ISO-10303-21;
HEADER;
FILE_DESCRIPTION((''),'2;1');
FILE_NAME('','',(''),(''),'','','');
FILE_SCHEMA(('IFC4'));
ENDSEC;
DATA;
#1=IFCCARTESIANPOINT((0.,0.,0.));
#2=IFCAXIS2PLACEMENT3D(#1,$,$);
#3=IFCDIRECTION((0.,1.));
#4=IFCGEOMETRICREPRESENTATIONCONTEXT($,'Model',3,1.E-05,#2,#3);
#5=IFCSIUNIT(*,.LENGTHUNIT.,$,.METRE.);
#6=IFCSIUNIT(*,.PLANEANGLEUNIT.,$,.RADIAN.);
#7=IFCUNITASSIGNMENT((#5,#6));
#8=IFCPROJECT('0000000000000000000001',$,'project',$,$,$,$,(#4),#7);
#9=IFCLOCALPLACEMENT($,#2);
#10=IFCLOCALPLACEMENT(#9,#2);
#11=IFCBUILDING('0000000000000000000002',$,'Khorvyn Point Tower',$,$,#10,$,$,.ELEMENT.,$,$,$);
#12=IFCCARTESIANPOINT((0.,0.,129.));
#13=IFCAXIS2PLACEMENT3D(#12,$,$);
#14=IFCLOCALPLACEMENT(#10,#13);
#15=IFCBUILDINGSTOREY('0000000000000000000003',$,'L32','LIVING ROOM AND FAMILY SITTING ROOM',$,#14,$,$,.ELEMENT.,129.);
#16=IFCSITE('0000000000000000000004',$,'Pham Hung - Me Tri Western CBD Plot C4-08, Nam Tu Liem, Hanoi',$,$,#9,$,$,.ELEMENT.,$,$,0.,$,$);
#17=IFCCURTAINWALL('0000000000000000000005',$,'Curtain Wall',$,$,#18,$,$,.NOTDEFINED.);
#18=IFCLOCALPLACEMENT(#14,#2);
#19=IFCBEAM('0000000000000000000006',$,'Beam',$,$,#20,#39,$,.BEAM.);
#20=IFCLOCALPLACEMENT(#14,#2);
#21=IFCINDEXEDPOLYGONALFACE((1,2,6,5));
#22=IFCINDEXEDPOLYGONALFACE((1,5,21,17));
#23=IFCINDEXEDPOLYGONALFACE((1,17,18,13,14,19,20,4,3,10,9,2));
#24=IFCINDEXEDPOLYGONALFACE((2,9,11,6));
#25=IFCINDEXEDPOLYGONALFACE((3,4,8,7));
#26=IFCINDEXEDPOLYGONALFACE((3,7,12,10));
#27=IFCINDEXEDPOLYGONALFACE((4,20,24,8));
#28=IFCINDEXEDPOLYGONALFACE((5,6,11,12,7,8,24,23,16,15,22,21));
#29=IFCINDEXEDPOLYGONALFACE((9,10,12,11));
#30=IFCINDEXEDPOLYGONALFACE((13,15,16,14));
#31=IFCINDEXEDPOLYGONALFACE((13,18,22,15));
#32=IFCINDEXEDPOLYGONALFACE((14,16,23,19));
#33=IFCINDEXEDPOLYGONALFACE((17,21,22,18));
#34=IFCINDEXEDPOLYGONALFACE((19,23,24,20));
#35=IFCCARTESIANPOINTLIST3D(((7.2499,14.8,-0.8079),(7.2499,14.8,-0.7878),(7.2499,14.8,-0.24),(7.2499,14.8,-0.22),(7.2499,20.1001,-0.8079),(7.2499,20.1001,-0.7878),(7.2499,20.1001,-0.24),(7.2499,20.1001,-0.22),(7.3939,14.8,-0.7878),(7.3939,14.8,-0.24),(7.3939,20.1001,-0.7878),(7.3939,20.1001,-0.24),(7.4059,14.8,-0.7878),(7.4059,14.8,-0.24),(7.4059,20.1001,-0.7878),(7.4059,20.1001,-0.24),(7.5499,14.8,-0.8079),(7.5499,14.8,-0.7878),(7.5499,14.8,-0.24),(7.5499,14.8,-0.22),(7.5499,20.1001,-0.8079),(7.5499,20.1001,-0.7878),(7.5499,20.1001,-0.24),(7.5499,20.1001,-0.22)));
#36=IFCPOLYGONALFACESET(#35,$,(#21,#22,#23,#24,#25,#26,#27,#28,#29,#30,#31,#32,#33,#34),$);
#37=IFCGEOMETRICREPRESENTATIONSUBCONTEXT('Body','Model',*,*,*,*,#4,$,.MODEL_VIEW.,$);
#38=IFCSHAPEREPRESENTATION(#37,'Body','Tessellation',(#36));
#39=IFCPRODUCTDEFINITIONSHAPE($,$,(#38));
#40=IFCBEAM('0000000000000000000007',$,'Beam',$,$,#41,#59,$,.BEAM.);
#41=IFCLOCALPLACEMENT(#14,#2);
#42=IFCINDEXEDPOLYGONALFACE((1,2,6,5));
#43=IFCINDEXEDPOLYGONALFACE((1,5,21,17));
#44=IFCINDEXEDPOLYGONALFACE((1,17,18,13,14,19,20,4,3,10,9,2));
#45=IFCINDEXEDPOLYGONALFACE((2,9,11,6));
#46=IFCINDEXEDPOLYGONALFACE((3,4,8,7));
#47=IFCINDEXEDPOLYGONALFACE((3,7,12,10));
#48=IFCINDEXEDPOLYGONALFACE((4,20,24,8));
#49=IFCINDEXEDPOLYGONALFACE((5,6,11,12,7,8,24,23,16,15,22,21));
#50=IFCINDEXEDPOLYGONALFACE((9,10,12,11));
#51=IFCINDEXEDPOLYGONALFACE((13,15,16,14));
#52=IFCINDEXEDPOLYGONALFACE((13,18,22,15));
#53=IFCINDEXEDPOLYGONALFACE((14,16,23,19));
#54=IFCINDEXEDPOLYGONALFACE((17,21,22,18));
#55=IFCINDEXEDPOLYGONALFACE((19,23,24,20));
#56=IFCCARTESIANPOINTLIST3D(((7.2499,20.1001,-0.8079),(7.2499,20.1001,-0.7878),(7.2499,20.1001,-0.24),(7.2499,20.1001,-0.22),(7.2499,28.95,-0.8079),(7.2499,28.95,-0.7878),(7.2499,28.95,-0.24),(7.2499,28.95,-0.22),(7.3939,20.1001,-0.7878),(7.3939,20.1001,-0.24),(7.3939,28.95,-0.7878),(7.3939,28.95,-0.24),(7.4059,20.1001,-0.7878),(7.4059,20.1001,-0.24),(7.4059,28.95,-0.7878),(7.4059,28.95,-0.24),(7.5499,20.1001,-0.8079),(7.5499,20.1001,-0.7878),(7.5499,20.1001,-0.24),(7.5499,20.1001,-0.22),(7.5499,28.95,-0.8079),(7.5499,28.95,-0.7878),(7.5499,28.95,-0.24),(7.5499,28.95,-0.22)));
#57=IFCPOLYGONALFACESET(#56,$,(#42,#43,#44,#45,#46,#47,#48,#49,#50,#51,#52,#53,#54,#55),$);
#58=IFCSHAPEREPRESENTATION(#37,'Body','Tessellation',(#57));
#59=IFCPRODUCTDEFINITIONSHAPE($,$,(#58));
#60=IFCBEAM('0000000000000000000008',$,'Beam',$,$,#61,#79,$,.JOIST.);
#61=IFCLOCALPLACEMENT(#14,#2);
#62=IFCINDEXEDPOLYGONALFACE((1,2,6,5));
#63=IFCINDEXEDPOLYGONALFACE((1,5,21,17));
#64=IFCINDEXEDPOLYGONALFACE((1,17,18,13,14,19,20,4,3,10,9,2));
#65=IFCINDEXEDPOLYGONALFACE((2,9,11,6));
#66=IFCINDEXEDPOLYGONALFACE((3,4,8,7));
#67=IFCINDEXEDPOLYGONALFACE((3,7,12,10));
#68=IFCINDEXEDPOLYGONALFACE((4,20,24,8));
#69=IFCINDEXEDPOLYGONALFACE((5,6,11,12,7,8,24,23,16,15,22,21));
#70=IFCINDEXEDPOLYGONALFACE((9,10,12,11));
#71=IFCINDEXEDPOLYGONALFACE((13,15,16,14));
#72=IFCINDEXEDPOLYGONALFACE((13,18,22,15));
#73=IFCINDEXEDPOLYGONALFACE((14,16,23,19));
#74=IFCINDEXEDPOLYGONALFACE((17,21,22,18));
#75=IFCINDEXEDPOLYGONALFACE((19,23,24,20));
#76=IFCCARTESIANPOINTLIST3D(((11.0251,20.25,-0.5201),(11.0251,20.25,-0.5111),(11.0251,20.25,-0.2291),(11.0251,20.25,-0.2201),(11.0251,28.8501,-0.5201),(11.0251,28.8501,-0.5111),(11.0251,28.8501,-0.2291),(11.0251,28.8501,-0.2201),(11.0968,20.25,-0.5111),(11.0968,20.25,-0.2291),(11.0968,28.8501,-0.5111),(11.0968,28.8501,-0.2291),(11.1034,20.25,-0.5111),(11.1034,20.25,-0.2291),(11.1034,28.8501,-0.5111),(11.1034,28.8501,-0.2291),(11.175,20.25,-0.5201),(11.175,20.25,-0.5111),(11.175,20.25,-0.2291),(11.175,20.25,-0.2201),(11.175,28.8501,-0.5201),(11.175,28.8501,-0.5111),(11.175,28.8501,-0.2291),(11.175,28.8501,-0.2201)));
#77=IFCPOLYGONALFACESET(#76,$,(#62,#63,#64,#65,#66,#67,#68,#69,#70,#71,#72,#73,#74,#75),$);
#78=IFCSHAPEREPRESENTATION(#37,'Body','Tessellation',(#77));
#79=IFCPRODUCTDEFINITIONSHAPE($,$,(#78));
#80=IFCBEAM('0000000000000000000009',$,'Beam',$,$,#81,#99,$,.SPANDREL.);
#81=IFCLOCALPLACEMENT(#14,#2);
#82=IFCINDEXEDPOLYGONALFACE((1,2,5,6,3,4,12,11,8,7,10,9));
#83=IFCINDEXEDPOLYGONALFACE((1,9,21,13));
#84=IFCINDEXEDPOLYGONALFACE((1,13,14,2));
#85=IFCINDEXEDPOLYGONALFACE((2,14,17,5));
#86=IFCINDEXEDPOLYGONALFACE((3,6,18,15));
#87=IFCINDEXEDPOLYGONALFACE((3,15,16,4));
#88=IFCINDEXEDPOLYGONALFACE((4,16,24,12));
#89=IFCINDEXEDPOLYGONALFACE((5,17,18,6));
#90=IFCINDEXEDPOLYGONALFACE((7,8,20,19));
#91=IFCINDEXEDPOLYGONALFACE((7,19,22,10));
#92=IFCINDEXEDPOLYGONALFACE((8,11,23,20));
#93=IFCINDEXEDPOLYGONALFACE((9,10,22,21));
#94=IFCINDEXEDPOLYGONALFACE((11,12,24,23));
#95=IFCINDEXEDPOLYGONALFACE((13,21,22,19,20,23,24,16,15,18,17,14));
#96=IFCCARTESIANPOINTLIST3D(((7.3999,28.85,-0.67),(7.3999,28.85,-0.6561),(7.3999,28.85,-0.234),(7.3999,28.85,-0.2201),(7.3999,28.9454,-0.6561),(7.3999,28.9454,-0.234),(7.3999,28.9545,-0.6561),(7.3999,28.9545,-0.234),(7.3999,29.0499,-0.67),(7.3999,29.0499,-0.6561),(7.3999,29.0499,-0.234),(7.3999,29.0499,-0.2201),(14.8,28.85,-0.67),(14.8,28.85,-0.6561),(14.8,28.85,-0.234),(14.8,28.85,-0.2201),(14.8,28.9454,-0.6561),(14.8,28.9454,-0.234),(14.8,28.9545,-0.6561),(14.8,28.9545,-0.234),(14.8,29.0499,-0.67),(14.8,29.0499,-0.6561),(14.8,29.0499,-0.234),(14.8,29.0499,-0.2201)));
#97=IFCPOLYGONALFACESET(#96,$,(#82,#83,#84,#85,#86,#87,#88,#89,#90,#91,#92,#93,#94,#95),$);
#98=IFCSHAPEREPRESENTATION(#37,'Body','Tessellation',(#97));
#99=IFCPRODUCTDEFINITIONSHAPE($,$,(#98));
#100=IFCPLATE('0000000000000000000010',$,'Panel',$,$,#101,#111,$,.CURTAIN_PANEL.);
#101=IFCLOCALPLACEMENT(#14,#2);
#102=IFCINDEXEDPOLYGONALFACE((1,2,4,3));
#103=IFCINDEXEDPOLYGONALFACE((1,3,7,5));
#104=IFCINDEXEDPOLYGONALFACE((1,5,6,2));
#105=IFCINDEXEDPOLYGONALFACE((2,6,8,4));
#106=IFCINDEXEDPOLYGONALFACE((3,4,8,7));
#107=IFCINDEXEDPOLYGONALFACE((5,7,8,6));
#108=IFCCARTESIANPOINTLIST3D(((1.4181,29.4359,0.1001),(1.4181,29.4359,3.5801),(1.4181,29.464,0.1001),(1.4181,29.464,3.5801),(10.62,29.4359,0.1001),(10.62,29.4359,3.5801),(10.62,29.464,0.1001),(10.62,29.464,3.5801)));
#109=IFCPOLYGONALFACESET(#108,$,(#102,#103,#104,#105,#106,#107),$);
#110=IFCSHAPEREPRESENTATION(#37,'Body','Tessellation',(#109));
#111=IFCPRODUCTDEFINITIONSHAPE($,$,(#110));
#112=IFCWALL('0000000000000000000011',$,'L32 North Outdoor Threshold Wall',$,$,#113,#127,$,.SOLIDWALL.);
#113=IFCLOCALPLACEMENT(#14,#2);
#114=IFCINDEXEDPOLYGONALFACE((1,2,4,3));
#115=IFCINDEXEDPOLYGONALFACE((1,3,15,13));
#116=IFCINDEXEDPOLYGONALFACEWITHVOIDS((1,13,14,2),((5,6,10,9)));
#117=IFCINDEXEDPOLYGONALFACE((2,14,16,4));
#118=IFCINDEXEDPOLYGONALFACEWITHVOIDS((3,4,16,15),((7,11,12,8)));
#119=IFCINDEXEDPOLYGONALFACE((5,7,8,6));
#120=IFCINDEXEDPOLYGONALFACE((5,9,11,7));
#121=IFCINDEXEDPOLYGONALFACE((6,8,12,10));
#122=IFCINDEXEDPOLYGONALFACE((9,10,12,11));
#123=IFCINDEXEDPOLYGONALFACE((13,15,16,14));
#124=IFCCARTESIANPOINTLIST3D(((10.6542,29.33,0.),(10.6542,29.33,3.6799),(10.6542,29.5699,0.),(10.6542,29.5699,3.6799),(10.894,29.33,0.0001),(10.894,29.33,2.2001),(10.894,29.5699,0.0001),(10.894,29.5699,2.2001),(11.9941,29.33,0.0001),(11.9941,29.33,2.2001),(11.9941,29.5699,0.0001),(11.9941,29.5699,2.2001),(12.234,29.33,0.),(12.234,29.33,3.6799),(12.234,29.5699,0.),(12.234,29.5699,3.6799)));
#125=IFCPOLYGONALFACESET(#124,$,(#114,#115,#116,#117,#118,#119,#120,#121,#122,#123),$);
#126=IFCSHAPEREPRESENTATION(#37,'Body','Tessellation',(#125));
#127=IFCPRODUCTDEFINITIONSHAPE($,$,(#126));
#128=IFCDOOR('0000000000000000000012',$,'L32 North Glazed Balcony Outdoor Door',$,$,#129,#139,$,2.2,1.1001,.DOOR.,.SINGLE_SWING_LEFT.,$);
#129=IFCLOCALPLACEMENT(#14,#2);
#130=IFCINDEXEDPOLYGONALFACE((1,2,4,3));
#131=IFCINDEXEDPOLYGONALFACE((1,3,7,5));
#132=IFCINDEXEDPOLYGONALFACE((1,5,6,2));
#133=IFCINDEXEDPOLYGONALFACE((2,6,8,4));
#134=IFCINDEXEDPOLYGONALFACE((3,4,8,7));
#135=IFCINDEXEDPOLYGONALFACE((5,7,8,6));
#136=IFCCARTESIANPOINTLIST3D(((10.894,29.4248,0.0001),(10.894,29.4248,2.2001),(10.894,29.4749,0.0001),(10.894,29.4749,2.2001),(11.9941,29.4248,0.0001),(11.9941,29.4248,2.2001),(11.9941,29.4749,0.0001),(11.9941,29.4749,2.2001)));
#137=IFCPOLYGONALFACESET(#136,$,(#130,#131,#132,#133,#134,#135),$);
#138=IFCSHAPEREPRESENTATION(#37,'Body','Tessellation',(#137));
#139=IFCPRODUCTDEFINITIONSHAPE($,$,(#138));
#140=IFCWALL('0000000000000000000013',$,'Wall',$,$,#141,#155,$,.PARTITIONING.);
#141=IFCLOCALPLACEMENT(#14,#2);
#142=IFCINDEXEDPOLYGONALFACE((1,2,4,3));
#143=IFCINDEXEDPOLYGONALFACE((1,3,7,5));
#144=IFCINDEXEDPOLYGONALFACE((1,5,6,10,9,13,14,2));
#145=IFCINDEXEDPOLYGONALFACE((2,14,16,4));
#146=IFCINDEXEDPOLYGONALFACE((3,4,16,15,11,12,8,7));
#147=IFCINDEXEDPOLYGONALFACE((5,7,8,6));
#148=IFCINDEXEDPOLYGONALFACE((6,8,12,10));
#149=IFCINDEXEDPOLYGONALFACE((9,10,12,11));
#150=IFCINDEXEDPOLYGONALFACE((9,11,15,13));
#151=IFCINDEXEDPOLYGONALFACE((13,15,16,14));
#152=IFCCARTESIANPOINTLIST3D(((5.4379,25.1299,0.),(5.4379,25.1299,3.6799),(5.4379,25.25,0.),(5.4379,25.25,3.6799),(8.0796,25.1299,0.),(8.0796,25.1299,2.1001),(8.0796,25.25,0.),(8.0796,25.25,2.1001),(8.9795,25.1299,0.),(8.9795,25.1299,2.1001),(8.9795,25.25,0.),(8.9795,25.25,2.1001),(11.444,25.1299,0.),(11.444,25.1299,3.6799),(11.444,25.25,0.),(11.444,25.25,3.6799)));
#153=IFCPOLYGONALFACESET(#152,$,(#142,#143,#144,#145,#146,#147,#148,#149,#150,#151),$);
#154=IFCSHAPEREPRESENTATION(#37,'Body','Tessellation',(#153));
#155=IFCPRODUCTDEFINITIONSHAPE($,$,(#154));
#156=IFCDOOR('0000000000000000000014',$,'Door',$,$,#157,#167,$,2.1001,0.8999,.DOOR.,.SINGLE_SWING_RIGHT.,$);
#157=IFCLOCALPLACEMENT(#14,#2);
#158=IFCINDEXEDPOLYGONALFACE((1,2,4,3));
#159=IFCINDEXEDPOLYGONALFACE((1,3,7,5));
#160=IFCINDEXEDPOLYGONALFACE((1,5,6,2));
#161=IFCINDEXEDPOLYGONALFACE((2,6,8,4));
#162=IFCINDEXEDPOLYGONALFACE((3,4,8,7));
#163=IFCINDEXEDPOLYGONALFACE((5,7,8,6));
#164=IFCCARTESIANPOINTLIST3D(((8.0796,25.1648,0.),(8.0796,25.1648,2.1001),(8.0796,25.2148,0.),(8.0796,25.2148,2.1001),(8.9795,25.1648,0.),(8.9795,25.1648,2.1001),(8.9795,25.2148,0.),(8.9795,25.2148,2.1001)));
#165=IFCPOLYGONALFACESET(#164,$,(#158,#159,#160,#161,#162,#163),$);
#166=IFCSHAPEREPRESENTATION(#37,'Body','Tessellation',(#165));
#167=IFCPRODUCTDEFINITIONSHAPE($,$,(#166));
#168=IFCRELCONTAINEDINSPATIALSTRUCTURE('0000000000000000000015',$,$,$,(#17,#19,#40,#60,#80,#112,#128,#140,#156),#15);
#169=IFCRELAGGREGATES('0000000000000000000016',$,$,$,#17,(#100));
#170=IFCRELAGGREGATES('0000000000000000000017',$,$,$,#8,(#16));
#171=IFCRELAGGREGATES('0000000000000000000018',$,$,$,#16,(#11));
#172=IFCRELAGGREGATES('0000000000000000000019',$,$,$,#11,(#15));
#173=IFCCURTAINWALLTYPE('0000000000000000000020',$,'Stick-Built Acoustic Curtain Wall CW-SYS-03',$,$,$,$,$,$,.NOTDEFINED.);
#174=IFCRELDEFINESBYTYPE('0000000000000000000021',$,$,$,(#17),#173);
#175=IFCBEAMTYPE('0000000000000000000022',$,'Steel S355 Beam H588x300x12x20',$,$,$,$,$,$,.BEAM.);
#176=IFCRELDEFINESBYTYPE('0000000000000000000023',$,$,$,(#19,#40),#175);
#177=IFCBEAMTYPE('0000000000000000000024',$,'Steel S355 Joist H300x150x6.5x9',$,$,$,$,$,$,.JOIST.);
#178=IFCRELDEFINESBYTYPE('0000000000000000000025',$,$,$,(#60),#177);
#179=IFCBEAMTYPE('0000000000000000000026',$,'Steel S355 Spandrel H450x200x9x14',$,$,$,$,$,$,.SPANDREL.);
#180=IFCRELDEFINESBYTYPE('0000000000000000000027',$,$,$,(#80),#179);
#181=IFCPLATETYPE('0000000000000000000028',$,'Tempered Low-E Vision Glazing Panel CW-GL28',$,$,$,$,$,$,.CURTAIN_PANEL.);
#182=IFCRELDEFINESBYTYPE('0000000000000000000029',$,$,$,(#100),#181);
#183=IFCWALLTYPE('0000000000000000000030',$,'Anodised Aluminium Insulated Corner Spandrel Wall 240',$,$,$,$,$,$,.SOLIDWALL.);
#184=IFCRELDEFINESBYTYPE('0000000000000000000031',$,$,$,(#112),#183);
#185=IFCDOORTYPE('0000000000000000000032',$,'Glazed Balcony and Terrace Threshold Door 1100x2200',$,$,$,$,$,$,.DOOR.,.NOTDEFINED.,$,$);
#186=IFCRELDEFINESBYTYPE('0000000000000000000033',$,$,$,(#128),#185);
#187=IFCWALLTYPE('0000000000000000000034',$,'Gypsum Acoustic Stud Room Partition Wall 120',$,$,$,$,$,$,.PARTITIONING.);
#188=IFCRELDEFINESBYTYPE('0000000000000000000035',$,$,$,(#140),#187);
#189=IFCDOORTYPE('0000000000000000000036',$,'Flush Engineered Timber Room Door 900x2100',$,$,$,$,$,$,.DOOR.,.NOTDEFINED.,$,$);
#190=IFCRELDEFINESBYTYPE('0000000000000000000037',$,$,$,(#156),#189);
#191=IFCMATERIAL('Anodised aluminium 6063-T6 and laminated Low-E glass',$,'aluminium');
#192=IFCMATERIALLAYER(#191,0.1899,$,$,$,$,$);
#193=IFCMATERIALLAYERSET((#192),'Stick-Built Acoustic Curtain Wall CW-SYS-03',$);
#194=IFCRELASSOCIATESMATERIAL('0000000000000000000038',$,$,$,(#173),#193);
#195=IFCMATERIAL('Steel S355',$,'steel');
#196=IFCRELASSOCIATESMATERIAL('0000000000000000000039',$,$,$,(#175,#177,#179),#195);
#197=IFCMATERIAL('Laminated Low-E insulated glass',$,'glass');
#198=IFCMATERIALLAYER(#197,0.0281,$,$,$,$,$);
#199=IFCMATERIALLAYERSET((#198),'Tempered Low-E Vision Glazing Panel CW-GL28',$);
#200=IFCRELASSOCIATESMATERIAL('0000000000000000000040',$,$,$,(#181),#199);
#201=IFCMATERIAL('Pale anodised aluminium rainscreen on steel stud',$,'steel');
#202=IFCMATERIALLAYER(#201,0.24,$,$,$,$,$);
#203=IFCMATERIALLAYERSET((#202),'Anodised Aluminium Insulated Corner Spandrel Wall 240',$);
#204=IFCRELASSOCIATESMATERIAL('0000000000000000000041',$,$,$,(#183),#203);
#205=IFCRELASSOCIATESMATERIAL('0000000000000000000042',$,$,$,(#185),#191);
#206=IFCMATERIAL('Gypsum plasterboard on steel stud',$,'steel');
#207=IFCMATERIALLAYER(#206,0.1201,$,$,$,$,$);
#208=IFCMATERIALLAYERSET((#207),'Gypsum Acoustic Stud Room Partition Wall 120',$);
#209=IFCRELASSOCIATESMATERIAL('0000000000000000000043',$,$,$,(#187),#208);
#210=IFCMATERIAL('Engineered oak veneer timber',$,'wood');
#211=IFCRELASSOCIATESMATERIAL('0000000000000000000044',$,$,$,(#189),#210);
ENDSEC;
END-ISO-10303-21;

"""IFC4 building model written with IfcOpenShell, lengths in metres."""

from ifc_helpers import new_model, si_unit, direction, frame, frame_2d, origin, origin_2d, place, context, subcontext, project, spatial, rectangle, i_section, extrude, material, layer, layer_set, material_profile, profile_set, type_object, element, fill, aggregate, save


model = new_model("IFC4")

# Units and contexts
model_context = context("Model", 3, precision=1e-05, world=origin(), true_north=direction((0.0, 1.0)))
body_context = subcontext(model_context, "Body", "Model", "MODEL_VIEW")
ifc_project = project(units=[si_unit("LENGTHUNIT", "METRE"), si_unit("PLANEANGLEUNIT", "RADIAN")], contexts=[model_context])

# Site, building, storey
site_placement = place(None, origin())
site = spatial("IfcSite", under=ifc_project, at=site_placement, Name="Pham Hung - Me Tri Western CBD Plot C4-08, Nam Tu Liem, Hanoi", CompositionType="ELEMENT", RefElevation=0.0)
building_placement = place(site_placement, origin())
building = spatial("IfcBuilding", under=site, at=building_placement, Name="Khorvyn Point Tower", CompositionType="ELEMENT")
storey_placement = place(building_placement, frame((0.0, 0.0, 129.0)))
storey = spatial("IfcBuildingStorey", under=building, at=storey_placement, Name="L32", Description="LIVING ROOM AND FAMILY SITTING ROOM", CompositionType="ELEMENT", Elevation=129.0)

# Curtain wall
ifc_material_1 = material(Name="Anodised aluminium 6063-T6 and laminated Low-E glass", Category="aluminium")
ifc_layer_1 = layer(ifc_material_1, 0.1899)
ifc_layer_set_1 = layer_set([ifc_layer_1], Name="Stick-Built Acoustic Curtain Wall CW-SYS-03")
curtain_wall_type = type_object("IfcCurtainWallType", Name="Stick-Built Acoustic Curtain Wall CW-SYS-03", PredefinedType="NOTDEFINED", material=ifc_layer_set_1)
curtain_wall_1_placement = place(storey_placement, origin())
curtain_wall_1 = element("IfcCurtainWall", 1, at=curtain_wall_1_placement, inside=storey, type_object=curtain_wall_type, Name="Curtain Wall", PredefinedType="NOTDEFINED")

# Beams
ifc_material_2 = material(Name="Steel S355", Category="steel")
ifc_material_profile_1 = material_profile(ifc_material_2, i_section(OverallWidth=0.3, OverallDepth=0.5879, WebThickness=0.012, FlangeThickness=0.02, at=origin_2d()))
ifc_profile_set_1 = profile_set([ifc_material_profile_1], Name="Steel S355 H588x300x12x20")
beam_type_1 = type_object("IfcBeamType", Name="Steel S355 Beam H588x300x12x20", PredefinedType="BEAM", material=ifc_profile_set_1)
beam_1_placement = place(storey_placement, frame((7.3999, 14.8, -0.5139), z_axis=(0.0, 1.0, 0.0), x_axis=(-1.0, 0.0, 0.0)))
element("IfcBeam", 2, at=beam_1_placement, inside=storey, type_object=beam_type_1, Name="Beam", PredefinedType="BEAM", context=body_context, shape_type="SweptSolid", body=[
    extrude(i_section(OverallWidth=0.3, OverallDepth=0.5879, WebThickness=0.012, FlangeThickness=0.02, at=origin_2d()), origin(), (0.0, 0.0, 1.0), 5.3),
])
beam_2_placement = place(storey_placement, frame((7.3999, 20.1001, -0.5139), z_axis=(0.0, 1.0, 0.0), x_axis=(-1.0, 0.0, 0.0)))
element("IfcBeam", 3, at=beam_2_placement, inside=storey, type_object=beam_type_1, Name="Beam", PredefinedType="BEAM", context=body_context, shape_type="SweptSolid", body=[
    extrude(i_section(OverallWidth=0.3, OverallDepth=0.5879, WebThickness=0.012, FlangeThickness=0.02, at=origin_2d()), origin(), (0.0, 0.0, 1.0), 8.8499),
])
ifc_material_profile_2 = material_profile(ifc_material_2, i_section(OverallWidth=0.1499, OverallDepth=0.3, WebThickness=0.0066, FlangeThickness=0.009, at=origin_2d()))
ifc_profile_set_2 = profile_set([ifc_material_profile_2], Name="Steel S355 H300x150x6.5x9")
beam_type_2 = type_object("IfcBeamType", Name="Steel S355 Joist H300x150x6.5x9", PredefinedType="JOIST", material=ifc_profile_set_2)
beam_3_placement = place(storey_placement, frame((11.1001, 20.25, -0.3701), z_axis=(0.0, 1.0, 0.0), x_axis=(-1.0, 0.0, 0.0)))
element("IfcBeam", 4, at=beam_3_placement, inside=storey, type_object=beam_type_2, Name="Beam", PredefinedType="JOIST", context=body_context, shape_type="SweptSolid", body=[
    extrude(i_section(OverallWidth=0.1499, OverallDepth=0.3, WebThickness=0.0066, FlangeThickness=0.009, at=origin_2d()), origin(), (0.0, 0.0, 1.0), 8.6001),
])
ifc_material_profile_3 = material_profile(ifc_material_2, i_section(OverallWidth=0.2, OverallDepth=0.45, WebThickness=0.009, FlangeThickness=0.0139, at=origin_2d()))
ifc_profile_set_3 = profile_set([ifc_material_profile_3], Name="Steel S355 H450x200x9x14")
beam_type_3 = type_object("IfcBeamType", Name="Steel S355 Spandrel H450x200x9x14", PredefinedType="SPANDREL", material=ifc_profile_set_3)
beam_4_placement = place(storey_placement, frame((7.3999, 28.95, -0.4451), z_axis=(1.0, 0.0, 0.0), x_axis=(0.0, 1.0, 0.0)))
element("IfcBeam", 5, at=beam_4_placement, inside=storey, type_object=beam_type_3, Name="Beam", PredefinedType="SPANDREL", context=body_context, shape_type="SweptSolid", body=[
    extrude(i_section(OverallWidth=0.2, OverallDepth=0.45, WebThickness=0.009, FlangeThickness=0.0139, at=origin_2d()), origin(), (0.0, 0.0, 1.0), 7.4001),
])

# Plate
ifc_material_3 = material(Name="Laminated Low-E insulated glass", Category="glass")
ifc_layer_2 = layer(ifc_material_3, 0.0281)
ifc_layer_set_2 = layer_set([ifc_layer_2], Name="Tempered Low-E Vision Glazing Panel CW-GL28")
plate_type = type_object("IfcPlateType", Name="Tempered Low-E Vision Glazing Panel CW-GL28", PredefinedType="CURTAIN_PANEL", material=ifc_layer_set_2)
plate_placement = place(storey_placement, frame((6.019, 29.45, 0.1001), z_axis=(0.0, 0.0, 1.0), x_axis=(1.0, 0.0, 0.0)))
plate = element("IfcPlate", 6, at=plate_placement, type_object=plate_type, Name="Panel", PredefinedType="CURTAIN_PANEL", context=body_context, shape_type="SweptSolid", body=[
    extrude(rectangle(XDim=9.2019, YDim=0.0281, at=origin_2d()), origin(), (0.0, 0.0, 1.0), 3.48),
])
aggregate(curtain_wall_1, [plate])

# Walls, openings, doors
ifc_material_4 = material(Name="Pale anodised aluminium rainscreen on steel stud", Category="steel")
ifc_layer_3 = layer(ifc_material_4, 0.24)
ifc_layer_set_3 = layer_set([ifc_layer_3], Name="Anodised Aluminium Insulated Corner Spandrel Wall 240")
wall_type_1 = type_object("IfcWallType", Name="Anodised Aluminium Insulated Corner Spandrel Wall 240", PredefinedType="SOLIDWALL", material=ifc_layer_set_3)
wall_1_placement = place(storey_placement, frame((10.6541, 29.45, 0.0), z_axis=(0.0, 0.0, 1.0), x_axis=(1.0, 0.0, 0.0)))
wall_1 = element("IfcWall", 7, at=wall_1_placement, inside=storey, type_object=wall_type_1, Name="L32 North Outdoor Threshold Wall", PredefinedType="SOLIDWALL", context=body_context, shape_type="SweptSolid", body=[
    extrude(rectangle(XDim=1.5798, YDim=0.24, at=frame_2d((0.79, 0.0))), origin(), (0.0, 0.0, 1.0), 3.6799),
])
opening_1_placement = place(wall_1_placement, frame((0.24, 0.0, 0.0)))
opening_1 = element("IfcOpeningElement", 8, at=opening_1_placement, cuts=wall_1, PredefinedType="OPENING", context=body_context, shape_type="SweptSolid", body=[
    extrude(rectangle(XDim=1.1001, YDim=2.2, at=frame_2d((0.55, 1.1001))), frame((0.0, 0.1299, 0.0), z_axis=(0.0, -1.0, 0.0), x_axis=(1.0, 0.0, 0.0)), (0.0, 0.0, 1.0), 0.26),
])
door_type_1 = type_object("IfcDoorType", Name="Glazed Balcony and Terrace Threshold Door 1100x2200", OperationType="NOTDEFINED", PredefinedType="DOOR", material=ifc_material_1)
door_1_placement = place(opening_1_placement, origin())
door_1 = element("IfcDoor", 9, at=door_1_placement, inside=storey, type_object=door_type_1, Name="L32 North Glazed Balcony Outdoor Door", OperationType="SINGLE_SWING_LEFT", OverallHeight=2.2, OverallWidth=1.1001, PredefinedType="DOOR", context=body_context, shape_type="SweptSolid", body=[
    extrude(rectangle(XDim=1.1001, YDim=2.2, at=frame_2d((0.55, 1.1001))), frame((0.0, 0.0249, 0.0), z_axis=(0.0, -1.0, 0.0), x_axis=(1.0, 0.0, 0.0)), (0.0, 0.0, 1.0), 0.05),
])
fill(opening_1, door_1)
ifc_material_5 = material(Name="Gypsum plasterboard on steel stud", Category="steel")
ifc_layer_4 = layer(ifc_material_5, 0.1201)
ifc_layer_set_4 = layer_set([ifc_layer_4], Name="Gypsum Acoustic Stud Room Partition Wall 120")
wall_type_2 = type_object("IfcWallType", Name="Gypsum Acoustic Stud Room Partition Wall 120", PredefinedType="PARTITIONING", material=ifc_layer_set_4)
wall_2_placement = place(storey_placement, frame((5.438, 25.1899, 0.0), z_axis=(0.0, 0.0, 1.0), x_axis=(1.0, 0.0, 0.0)))
wall_2 = element("IfcWall", 10, at=wall_2_placement, inside=storey, type_object=wall_type_2, Name="Wall", PredefinedType="PARTITIONING", context=body_context, shape_type="SweptSolid", body=[
    extrude(rectangle(XDim=6.0061, YDim=0.1201, at=frame_2d((3.0029, 0.0))), origin(), (0.0, 0.0, 1.0), 3.6799),
])
opening_2_placement = place(wall_2_placement, frame((2.6416, 0.0, 0.0)))
opening_2 = element("IfcOpeningElement", 11, at=opening_2_placement, cuts=wall_2, PredefinedType="OPENING", context=body_context, shape_type="SweptSolid", body=[
    extrude(rectangle(XDim=0.8999, YDim=2.1001, at=frame_2d((0.45, 1.05))), frame((0.0, 0.0701, 0.0), z_axis=(0.0, -1.0, 0.0), x_axis=(1.0, 0.0, 0.0)), (0.0, 0.0, 1.0), 0.1401),
])
ifc_material_6 = material(Name="Engineered oak veneer timber", Category="wood")
door_type_2 = type_object("IfcDoorType", Name="Flush Engineered Timber Room Door 900x2100", OperationType="NOTDEFINED", PredefinedType="DOOR", material=ifc_material_6)
door_2_placement = place(opening_2_placement, origin())
door_2 = element("IfcDoor", 12, at=door_2_placement, inside=storey, type_object=door_type_2, Name="Door", OperationType="SINGLE_SWING_RIGHT", OverallHeight=2.1001, OverallWidth=0.8999, PredefinedType="DOOR", context=body_context, shape_type="SweptSolid", body=[
    extrude(rectangle(XDim=0.8999, YDim=2.1001, at=frame_2d((0.45, 1.05))), frame((0.0, 0.0249, 0.0), z_axis=(0.0, -1.0, 0.0), x_axis=(1.0, 0.0, 0.0)), (0.0, 0.0, 1.0), 0.05),
])
fill(opening_2, door_2)

save(model, "model.ifc")
